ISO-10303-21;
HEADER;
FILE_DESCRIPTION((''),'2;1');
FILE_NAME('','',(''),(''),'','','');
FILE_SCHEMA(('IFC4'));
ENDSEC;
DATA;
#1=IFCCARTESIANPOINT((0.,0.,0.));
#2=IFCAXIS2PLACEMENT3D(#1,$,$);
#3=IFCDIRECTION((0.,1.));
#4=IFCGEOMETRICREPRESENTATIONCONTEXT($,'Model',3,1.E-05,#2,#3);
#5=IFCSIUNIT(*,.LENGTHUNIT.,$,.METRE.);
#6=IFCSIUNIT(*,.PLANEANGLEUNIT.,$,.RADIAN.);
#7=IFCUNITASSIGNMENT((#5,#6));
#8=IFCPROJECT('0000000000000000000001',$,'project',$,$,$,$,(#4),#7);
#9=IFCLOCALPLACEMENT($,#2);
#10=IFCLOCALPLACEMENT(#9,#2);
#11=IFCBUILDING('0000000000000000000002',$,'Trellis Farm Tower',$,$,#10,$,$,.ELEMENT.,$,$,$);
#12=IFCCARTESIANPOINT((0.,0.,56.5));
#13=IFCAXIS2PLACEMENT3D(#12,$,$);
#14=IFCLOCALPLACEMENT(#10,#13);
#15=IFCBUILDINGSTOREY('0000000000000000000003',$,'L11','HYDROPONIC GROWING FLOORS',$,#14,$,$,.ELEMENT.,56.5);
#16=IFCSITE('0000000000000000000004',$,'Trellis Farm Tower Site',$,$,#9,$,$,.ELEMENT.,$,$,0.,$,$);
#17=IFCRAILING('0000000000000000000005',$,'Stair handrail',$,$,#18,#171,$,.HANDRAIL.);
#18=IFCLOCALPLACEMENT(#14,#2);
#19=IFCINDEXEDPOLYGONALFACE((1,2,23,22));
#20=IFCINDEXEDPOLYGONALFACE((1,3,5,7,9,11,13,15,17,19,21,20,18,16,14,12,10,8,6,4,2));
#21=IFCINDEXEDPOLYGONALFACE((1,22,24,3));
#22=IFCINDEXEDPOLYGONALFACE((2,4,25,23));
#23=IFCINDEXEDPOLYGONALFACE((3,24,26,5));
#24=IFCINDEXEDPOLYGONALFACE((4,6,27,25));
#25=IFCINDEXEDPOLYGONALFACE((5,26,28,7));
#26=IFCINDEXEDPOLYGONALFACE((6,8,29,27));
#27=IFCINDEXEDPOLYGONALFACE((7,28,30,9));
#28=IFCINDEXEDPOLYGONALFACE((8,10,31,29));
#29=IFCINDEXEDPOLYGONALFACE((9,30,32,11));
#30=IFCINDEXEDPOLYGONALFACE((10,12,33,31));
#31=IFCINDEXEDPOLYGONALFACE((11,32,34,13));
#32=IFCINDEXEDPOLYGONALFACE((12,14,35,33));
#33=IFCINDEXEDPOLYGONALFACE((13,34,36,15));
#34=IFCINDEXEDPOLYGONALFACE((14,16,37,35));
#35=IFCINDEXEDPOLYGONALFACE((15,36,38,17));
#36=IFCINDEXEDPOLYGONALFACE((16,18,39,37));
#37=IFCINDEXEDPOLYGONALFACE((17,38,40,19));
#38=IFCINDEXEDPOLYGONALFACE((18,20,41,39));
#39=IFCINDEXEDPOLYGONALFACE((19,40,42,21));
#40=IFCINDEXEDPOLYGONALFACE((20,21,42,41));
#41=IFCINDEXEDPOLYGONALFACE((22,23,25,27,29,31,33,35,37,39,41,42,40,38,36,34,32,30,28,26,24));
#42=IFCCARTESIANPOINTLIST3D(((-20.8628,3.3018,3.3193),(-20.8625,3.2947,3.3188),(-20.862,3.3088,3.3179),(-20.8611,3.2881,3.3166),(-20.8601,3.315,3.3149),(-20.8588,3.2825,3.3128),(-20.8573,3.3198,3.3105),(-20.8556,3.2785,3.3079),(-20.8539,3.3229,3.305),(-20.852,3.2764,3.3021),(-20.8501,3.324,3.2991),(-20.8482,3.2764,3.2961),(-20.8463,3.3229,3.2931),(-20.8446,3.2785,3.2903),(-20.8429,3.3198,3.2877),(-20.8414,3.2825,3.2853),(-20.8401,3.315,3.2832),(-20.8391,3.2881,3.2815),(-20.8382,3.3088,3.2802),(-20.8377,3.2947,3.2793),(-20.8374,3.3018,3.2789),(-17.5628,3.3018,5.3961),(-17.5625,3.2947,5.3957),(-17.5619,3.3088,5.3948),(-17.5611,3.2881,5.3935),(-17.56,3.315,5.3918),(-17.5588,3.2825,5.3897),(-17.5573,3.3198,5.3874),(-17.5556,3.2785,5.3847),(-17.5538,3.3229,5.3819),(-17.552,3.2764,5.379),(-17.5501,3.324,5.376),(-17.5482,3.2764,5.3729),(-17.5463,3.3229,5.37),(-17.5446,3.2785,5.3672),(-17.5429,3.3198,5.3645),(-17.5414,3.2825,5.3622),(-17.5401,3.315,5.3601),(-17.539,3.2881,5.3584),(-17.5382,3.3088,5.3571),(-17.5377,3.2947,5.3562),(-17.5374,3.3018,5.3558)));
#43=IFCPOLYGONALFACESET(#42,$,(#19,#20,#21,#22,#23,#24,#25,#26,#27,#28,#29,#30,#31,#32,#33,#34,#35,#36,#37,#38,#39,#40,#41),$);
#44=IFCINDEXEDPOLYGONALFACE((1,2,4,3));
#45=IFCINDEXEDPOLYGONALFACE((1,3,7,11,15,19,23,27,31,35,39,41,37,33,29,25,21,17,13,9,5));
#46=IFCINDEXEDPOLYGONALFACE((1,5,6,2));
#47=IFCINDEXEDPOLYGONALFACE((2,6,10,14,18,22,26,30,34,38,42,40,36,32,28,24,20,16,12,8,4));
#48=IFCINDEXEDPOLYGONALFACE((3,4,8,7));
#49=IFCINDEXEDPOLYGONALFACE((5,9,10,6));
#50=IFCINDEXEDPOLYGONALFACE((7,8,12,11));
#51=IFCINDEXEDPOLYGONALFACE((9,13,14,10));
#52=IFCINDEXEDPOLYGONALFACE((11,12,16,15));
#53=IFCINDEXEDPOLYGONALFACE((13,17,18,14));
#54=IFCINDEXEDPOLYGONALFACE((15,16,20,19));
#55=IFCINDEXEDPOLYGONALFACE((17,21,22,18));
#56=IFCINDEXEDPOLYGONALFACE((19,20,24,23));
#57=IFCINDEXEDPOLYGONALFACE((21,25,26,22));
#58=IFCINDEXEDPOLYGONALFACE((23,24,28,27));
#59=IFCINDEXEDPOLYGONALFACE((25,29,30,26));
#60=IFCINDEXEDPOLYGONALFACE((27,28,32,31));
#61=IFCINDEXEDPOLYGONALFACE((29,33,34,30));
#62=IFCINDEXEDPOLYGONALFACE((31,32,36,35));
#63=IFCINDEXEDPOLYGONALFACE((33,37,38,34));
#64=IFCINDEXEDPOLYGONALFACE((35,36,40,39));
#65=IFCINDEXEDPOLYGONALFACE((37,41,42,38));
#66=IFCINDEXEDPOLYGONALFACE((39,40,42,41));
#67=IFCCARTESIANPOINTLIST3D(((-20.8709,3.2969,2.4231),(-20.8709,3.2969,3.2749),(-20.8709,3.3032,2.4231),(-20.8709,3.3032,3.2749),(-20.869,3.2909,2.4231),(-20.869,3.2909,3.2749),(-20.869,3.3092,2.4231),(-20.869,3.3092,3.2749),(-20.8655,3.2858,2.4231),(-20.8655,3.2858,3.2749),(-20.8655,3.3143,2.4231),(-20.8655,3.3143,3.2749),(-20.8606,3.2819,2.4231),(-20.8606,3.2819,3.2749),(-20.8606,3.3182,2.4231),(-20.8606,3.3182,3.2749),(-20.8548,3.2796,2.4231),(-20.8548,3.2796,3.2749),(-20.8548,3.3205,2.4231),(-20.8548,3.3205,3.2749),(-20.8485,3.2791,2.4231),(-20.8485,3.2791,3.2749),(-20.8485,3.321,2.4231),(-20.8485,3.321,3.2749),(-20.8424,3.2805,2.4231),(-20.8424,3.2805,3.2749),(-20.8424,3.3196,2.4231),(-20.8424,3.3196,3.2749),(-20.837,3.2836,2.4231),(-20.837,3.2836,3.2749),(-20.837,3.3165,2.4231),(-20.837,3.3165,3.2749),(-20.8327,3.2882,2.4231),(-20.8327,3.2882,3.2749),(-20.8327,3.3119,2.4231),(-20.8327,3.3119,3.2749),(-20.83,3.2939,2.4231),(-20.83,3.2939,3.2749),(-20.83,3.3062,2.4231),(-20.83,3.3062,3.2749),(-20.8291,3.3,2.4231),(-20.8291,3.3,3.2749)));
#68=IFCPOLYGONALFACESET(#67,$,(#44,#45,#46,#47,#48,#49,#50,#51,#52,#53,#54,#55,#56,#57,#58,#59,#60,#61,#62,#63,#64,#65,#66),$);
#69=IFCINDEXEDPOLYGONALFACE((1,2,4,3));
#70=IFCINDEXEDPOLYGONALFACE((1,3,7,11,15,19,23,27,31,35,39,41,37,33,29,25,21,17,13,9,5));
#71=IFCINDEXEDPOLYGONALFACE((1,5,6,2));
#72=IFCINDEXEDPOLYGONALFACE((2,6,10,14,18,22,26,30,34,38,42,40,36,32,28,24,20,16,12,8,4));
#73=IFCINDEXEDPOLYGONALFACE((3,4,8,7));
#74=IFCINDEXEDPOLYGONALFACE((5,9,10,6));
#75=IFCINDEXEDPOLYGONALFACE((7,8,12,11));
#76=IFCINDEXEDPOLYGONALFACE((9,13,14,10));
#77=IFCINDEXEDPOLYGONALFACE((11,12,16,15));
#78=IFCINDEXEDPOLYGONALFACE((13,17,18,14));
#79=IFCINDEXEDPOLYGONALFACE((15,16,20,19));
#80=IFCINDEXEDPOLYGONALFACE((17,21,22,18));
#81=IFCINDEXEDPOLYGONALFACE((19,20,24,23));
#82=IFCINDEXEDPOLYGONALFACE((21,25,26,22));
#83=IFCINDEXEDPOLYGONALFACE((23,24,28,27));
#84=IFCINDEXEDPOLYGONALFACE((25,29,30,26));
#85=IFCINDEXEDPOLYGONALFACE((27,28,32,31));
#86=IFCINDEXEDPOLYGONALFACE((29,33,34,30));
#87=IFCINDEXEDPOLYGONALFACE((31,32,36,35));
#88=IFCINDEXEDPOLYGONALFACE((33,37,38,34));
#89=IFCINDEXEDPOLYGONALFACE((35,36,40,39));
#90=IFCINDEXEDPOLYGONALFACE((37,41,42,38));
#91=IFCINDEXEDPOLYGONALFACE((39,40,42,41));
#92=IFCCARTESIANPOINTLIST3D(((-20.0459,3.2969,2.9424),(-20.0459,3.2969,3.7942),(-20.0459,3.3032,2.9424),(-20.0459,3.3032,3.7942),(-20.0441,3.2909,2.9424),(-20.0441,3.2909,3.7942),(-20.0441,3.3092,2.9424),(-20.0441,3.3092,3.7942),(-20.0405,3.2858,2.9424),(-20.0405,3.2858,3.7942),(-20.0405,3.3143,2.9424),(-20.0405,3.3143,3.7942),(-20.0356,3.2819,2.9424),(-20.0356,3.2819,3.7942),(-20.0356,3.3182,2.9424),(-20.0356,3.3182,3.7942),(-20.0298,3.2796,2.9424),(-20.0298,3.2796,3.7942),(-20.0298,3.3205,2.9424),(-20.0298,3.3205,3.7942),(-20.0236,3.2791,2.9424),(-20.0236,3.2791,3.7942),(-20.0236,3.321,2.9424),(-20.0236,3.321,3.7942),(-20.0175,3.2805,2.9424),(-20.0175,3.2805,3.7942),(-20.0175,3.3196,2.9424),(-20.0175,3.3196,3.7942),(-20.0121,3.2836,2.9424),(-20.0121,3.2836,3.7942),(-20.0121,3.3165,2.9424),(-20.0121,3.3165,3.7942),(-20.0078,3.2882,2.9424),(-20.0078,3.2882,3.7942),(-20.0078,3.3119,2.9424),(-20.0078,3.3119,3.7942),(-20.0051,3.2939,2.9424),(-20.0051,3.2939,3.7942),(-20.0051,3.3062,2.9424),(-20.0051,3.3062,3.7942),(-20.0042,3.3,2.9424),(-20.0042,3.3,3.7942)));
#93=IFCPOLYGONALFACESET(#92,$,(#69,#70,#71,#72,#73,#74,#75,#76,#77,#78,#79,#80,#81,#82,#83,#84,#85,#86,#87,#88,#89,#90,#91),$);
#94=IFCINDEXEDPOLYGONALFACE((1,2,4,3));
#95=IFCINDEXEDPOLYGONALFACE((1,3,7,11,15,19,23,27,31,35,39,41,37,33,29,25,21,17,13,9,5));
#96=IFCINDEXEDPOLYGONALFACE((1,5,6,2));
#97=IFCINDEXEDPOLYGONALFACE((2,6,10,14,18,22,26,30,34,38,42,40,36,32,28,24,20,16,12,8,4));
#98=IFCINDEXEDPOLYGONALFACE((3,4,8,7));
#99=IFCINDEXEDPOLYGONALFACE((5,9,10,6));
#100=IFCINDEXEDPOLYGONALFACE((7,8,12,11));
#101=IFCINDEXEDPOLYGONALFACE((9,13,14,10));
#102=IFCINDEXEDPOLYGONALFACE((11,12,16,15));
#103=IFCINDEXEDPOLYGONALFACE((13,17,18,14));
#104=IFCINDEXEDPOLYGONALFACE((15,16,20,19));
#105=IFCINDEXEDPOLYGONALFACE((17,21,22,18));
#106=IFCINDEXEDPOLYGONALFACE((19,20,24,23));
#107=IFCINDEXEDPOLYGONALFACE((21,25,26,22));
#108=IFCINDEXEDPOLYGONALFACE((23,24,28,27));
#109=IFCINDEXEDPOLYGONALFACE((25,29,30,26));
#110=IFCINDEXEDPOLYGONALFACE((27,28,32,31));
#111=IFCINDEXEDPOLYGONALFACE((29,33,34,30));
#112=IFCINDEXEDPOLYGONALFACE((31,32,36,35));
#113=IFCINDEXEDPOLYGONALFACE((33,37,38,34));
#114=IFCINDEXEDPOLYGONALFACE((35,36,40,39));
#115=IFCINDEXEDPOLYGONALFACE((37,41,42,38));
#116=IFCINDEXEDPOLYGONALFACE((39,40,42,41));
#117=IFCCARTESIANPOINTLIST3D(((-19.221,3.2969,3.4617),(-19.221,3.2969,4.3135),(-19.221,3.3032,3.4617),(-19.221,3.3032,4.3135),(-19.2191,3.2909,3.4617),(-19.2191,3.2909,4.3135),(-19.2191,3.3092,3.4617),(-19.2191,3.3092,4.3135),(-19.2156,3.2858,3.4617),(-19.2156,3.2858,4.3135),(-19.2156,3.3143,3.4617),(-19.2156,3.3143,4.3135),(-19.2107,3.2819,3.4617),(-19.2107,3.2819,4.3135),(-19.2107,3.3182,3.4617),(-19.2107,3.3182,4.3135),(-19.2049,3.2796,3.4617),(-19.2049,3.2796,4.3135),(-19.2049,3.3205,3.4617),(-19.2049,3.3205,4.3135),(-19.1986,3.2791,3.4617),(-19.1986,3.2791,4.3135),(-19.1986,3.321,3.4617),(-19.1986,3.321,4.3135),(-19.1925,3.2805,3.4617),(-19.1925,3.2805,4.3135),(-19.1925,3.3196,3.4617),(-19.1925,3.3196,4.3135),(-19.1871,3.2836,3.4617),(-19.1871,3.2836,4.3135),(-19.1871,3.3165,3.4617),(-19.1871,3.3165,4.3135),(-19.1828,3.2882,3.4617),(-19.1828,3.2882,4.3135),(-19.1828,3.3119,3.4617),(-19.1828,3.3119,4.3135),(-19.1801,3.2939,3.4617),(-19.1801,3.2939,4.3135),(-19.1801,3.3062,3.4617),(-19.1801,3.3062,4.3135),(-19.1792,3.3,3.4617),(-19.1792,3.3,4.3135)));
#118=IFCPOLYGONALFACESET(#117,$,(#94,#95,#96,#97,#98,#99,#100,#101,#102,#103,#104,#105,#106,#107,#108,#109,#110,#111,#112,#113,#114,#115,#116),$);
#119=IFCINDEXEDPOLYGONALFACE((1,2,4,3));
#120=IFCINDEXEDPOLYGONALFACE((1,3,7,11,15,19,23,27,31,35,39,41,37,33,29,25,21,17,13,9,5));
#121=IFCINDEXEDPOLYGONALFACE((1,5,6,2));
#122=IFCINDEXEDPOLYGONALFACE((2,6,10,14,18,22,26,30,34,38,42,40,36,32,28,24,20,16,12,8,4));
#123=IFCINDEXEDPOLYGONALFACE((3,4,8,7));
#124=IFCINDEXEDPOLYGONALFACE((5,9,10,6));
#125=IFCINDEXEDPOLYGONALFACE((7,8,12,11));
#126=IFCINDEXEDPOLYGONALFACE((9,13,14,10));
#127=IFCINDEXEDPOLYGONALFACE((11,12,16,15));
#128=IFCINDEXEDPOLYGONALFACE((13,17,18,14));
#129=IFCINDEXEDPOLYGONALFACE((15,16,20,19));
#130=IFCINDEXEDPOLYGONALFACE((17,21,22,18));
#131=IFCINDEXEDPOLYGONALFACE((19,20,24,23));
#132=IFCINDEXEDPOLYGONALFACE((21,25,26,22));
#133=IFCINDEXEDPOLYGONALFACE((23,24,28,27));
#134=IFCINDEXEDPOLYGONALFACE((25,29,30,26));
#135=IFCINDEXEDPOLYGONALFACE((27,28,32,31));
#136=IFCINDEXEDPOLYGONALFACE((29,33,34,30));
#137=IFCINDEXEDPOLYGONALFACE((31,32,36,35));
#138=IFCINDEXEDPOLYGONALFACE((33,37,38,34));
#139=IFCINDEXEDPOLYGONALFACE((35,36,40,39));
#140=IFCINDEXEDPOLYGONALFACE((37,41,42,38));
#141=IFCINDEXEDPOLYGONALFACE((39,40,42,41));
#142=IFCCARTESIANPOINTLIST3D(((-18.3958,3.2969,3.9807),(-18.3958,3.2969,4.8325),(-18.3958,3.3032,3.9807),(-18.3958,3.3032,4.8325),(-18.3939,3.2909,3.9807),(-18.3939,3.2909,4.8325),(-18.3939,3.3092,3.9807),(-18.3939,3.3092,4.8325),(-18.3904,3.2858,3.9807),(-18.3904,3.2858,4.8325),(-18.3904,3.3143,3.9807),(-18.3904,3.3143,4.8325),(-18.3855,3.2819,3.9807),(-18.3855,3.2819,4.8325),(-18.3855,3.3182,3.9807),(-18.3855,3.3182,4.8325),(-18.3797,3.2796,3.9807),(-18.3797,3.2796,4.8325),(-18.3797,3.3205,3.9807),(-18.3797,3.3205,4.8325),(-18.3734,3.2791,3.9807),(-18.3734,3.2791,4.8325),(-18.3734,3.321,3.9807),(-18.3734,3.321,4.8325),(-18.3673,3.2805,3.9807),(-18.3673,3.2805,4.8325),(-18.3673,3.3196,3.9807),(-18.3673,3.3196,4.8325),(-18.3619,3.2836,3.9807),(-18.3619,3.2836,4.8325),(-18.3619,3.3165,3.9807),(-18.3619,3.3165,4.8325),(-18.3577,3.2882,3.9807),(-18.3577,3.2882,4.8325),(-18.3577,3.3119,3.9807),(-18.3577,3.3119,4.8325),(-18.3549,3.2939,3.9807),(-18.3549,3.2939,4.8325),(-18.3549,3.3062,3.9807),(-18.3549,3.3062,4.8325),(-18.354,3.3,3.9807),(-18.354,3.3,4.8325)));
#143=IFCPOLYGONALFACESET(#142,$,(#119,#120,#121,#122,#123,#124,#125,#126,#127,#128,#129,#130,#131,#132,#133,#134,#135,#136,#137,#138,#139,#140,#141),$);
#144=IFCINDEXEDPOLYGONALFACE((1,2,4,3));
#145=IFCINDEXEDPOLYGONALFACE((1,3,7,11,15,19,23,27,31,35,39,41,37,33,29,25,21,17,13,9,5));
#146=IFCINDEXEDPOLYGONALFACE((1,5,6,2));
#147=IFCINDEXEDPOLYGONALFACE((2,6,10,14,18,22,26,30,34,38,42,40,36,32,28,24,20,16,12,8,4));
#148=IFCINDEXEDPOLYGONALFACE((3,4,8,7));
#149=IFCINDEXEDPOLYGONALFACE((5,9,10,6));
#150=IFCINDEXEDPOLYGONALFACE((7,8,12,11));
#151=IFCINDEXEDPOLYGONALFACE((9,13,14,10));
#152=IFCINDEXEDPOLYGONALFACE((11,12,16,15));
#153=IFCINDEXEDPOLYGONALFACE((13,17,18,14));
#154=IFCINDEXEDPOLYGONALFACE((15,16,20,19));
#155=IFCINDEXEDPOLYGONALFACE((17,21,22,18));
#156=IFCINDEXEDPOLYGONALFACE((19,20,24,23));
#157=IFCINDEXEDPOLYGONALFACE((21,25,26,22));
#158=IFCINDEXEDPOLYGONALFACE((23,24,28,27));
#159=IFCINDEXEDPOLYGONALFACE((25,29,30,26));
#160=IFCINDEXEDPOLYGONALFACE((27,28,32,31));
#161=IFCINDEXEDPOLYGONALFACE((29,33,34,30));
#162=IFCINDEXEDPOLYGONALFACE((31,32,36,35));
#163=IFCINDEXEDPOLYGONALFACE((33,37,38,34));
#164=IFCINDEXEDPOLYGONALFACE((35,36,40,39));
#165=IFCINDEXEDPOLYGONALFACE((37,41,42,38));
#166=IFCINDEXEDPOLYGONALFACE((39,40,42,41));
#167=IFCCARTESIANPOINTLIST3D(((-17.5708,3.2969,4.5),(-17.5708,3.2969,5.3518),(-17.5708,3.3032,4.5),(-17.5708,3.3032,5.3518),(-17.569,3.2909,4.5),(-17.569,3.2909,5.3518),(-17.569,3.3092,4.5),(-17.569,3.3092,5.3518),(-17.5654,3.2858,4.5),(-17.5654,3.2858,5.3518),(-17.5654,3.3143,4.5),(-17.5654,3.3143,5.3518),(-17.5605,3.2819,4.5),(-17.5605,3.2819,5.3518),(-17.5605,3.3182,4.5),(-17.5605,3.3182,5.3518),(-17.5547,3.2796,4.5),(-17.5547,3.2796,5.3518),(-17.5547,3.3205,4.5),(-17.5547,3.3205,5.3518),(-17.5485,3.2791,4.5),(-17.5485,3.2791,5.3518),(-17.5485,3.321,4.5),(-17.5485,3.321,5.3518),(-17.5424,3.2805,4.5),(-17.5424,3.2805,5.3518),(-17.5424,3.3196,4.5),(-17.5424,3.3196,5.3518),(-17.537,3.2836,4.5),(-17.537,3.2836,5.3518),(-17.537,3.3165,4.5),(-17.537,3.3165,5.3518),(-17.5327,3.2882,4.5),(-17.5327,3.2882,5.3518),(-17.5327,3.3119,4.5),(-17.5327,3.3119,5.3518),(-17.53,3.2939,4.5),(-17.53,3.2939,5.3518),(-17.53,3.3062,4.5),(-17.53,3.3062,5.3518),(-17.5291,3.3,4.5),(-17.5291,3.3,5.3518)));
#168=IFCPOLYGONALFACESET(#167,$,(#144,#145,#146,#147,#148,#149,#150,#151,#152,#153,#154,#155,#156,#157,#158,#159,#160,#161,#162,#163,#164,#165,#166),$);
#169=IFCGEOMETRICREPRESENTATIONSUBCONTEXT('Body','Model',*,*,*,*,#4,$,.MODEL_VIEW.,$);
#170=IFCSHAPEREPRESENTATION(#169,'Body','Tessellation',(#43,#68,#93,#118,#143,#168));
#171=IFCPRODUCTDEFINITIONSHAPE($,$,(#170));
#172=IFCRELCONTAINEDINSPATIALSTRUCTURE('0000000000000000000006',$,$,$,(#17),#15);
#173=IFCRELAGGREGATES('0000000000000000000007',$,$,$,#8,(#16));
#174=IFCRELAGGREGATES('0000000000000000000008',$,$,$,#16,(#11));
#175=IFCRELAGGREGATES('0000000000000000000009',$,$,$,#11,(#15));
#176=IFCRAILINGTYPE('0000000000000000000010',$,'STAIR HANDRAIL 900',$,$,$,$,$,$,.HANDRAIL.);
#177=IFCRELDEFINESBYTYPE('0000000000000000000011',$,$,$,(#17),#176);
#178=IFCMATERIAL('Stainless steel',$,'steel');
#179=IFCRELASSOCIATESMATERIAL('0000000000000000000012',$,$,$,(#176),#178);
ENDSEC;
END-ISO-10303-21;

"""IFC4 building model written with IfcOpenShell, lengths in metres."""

from ifc_helpers import new_model, si_unit, direction, frame, origin, origin_2d, place, context, subcontext, project, spatial, circle, extrude, source, transform, mapped, material, type_object, element, save


model = new_model("IFC4")

# Units and contexts
model_context = context("Model", 3, precision=1e-05, world=origin(), true_north=direction((0.0, 1.0)))
body_context = subcontext(model_context, "Body", "Model", "MODEL_VIEW")
ifc_project = project(units=[si_unit("LENGTHUNIT", "METRE"), si_unit("PLANEANGLEUNIT", "RADIAN")], contexts=[model_context])

# Site, building, storey
site_placement = place(None, origin())
site = spatial("IfcSite", under=ifc_project, at=site_placement, Name="Trellis Farm Tower Site", CompositionType="ELEMENT", RefElevation=0.0)
building_placement = place(site_placement, origin())
building = spatial("IfcBuilding", under=site, at=building_placement, Name="Trellis Farm Tower", CompositionType="ELEMENT")
storey_placement = place(building_placement, frame((0.0, 0.0, 56.5)))
storey = spatial("IfcBuildingStorey", under=building, at=storey_placement, Name="L11", Description="HYDROPONIC GROWING FLOORS", CompositionType="ELEMENT", Elevation=56.5)

# Shared definitions
ifc_material_1 = material(Name="Stainless steel", Category="steel")

# Railing
railing_type = type_object("IfcRailingType", Name="STAIR HANDRAIL 900", PredefinedType="HANDRAIL", material=ifc_material_1)
shared_shape_1 = source(origin(), body_context, "Body", "SweptSolid", [
    extrude(circle(Radius=0.0239, at=origin_2d()), frame((0.0, 0.0, 0.876), z_axis=(0.846337, 0.0, 0.532647), x_axis=(0.0, 1.0, 0.0)), (0.0, 0.0, 1.0), 3.8992),
    extrude(circle(Radius=0.021, at=origin_2d()), origin(), (0.0, 0.0, 1.0), 0.8518),
    extrude(circle(Radius=0.021, at=origin_2d()), frame((0.825, 0.0, 0.5193)), (0.0, 0.0, 1.0), 0.8518),
    extrude(circle(Radius=0.021, at=origin_2d()), frame((1.6499, 0.0, 1.0386)), (0.0, 0.0, 1.0), 0.8518),
    extrude(circle(Radius=0.021, at=origin_2d()), frame((2.4751, 0.0, 1.5576)), (0.0, 0.0, 1.0), 0.8518),
    extrude(circle(Radius=0.021, at=origin_2d()), frame((3.3, 0.0, 2.0769)), (0.0, 0.0, 1.0), 0.8518),
])
for number, where, name in (
    (1, (-20.8501, 3.3, 2.4231), "Stair handrail"),
):
    element("IfcRailing", number, at=place(storey_placement, frame(where)), inside=storey, type_object=railing_type, Name=name, PredefinedType="HANDRAIL", context=body_context, shape_type="MappedRepresentation", body=[
        mapped(shared_shape_1, transform((0.0, 0.0, 0.0))),
    ])

save(model, "model.ifc")
